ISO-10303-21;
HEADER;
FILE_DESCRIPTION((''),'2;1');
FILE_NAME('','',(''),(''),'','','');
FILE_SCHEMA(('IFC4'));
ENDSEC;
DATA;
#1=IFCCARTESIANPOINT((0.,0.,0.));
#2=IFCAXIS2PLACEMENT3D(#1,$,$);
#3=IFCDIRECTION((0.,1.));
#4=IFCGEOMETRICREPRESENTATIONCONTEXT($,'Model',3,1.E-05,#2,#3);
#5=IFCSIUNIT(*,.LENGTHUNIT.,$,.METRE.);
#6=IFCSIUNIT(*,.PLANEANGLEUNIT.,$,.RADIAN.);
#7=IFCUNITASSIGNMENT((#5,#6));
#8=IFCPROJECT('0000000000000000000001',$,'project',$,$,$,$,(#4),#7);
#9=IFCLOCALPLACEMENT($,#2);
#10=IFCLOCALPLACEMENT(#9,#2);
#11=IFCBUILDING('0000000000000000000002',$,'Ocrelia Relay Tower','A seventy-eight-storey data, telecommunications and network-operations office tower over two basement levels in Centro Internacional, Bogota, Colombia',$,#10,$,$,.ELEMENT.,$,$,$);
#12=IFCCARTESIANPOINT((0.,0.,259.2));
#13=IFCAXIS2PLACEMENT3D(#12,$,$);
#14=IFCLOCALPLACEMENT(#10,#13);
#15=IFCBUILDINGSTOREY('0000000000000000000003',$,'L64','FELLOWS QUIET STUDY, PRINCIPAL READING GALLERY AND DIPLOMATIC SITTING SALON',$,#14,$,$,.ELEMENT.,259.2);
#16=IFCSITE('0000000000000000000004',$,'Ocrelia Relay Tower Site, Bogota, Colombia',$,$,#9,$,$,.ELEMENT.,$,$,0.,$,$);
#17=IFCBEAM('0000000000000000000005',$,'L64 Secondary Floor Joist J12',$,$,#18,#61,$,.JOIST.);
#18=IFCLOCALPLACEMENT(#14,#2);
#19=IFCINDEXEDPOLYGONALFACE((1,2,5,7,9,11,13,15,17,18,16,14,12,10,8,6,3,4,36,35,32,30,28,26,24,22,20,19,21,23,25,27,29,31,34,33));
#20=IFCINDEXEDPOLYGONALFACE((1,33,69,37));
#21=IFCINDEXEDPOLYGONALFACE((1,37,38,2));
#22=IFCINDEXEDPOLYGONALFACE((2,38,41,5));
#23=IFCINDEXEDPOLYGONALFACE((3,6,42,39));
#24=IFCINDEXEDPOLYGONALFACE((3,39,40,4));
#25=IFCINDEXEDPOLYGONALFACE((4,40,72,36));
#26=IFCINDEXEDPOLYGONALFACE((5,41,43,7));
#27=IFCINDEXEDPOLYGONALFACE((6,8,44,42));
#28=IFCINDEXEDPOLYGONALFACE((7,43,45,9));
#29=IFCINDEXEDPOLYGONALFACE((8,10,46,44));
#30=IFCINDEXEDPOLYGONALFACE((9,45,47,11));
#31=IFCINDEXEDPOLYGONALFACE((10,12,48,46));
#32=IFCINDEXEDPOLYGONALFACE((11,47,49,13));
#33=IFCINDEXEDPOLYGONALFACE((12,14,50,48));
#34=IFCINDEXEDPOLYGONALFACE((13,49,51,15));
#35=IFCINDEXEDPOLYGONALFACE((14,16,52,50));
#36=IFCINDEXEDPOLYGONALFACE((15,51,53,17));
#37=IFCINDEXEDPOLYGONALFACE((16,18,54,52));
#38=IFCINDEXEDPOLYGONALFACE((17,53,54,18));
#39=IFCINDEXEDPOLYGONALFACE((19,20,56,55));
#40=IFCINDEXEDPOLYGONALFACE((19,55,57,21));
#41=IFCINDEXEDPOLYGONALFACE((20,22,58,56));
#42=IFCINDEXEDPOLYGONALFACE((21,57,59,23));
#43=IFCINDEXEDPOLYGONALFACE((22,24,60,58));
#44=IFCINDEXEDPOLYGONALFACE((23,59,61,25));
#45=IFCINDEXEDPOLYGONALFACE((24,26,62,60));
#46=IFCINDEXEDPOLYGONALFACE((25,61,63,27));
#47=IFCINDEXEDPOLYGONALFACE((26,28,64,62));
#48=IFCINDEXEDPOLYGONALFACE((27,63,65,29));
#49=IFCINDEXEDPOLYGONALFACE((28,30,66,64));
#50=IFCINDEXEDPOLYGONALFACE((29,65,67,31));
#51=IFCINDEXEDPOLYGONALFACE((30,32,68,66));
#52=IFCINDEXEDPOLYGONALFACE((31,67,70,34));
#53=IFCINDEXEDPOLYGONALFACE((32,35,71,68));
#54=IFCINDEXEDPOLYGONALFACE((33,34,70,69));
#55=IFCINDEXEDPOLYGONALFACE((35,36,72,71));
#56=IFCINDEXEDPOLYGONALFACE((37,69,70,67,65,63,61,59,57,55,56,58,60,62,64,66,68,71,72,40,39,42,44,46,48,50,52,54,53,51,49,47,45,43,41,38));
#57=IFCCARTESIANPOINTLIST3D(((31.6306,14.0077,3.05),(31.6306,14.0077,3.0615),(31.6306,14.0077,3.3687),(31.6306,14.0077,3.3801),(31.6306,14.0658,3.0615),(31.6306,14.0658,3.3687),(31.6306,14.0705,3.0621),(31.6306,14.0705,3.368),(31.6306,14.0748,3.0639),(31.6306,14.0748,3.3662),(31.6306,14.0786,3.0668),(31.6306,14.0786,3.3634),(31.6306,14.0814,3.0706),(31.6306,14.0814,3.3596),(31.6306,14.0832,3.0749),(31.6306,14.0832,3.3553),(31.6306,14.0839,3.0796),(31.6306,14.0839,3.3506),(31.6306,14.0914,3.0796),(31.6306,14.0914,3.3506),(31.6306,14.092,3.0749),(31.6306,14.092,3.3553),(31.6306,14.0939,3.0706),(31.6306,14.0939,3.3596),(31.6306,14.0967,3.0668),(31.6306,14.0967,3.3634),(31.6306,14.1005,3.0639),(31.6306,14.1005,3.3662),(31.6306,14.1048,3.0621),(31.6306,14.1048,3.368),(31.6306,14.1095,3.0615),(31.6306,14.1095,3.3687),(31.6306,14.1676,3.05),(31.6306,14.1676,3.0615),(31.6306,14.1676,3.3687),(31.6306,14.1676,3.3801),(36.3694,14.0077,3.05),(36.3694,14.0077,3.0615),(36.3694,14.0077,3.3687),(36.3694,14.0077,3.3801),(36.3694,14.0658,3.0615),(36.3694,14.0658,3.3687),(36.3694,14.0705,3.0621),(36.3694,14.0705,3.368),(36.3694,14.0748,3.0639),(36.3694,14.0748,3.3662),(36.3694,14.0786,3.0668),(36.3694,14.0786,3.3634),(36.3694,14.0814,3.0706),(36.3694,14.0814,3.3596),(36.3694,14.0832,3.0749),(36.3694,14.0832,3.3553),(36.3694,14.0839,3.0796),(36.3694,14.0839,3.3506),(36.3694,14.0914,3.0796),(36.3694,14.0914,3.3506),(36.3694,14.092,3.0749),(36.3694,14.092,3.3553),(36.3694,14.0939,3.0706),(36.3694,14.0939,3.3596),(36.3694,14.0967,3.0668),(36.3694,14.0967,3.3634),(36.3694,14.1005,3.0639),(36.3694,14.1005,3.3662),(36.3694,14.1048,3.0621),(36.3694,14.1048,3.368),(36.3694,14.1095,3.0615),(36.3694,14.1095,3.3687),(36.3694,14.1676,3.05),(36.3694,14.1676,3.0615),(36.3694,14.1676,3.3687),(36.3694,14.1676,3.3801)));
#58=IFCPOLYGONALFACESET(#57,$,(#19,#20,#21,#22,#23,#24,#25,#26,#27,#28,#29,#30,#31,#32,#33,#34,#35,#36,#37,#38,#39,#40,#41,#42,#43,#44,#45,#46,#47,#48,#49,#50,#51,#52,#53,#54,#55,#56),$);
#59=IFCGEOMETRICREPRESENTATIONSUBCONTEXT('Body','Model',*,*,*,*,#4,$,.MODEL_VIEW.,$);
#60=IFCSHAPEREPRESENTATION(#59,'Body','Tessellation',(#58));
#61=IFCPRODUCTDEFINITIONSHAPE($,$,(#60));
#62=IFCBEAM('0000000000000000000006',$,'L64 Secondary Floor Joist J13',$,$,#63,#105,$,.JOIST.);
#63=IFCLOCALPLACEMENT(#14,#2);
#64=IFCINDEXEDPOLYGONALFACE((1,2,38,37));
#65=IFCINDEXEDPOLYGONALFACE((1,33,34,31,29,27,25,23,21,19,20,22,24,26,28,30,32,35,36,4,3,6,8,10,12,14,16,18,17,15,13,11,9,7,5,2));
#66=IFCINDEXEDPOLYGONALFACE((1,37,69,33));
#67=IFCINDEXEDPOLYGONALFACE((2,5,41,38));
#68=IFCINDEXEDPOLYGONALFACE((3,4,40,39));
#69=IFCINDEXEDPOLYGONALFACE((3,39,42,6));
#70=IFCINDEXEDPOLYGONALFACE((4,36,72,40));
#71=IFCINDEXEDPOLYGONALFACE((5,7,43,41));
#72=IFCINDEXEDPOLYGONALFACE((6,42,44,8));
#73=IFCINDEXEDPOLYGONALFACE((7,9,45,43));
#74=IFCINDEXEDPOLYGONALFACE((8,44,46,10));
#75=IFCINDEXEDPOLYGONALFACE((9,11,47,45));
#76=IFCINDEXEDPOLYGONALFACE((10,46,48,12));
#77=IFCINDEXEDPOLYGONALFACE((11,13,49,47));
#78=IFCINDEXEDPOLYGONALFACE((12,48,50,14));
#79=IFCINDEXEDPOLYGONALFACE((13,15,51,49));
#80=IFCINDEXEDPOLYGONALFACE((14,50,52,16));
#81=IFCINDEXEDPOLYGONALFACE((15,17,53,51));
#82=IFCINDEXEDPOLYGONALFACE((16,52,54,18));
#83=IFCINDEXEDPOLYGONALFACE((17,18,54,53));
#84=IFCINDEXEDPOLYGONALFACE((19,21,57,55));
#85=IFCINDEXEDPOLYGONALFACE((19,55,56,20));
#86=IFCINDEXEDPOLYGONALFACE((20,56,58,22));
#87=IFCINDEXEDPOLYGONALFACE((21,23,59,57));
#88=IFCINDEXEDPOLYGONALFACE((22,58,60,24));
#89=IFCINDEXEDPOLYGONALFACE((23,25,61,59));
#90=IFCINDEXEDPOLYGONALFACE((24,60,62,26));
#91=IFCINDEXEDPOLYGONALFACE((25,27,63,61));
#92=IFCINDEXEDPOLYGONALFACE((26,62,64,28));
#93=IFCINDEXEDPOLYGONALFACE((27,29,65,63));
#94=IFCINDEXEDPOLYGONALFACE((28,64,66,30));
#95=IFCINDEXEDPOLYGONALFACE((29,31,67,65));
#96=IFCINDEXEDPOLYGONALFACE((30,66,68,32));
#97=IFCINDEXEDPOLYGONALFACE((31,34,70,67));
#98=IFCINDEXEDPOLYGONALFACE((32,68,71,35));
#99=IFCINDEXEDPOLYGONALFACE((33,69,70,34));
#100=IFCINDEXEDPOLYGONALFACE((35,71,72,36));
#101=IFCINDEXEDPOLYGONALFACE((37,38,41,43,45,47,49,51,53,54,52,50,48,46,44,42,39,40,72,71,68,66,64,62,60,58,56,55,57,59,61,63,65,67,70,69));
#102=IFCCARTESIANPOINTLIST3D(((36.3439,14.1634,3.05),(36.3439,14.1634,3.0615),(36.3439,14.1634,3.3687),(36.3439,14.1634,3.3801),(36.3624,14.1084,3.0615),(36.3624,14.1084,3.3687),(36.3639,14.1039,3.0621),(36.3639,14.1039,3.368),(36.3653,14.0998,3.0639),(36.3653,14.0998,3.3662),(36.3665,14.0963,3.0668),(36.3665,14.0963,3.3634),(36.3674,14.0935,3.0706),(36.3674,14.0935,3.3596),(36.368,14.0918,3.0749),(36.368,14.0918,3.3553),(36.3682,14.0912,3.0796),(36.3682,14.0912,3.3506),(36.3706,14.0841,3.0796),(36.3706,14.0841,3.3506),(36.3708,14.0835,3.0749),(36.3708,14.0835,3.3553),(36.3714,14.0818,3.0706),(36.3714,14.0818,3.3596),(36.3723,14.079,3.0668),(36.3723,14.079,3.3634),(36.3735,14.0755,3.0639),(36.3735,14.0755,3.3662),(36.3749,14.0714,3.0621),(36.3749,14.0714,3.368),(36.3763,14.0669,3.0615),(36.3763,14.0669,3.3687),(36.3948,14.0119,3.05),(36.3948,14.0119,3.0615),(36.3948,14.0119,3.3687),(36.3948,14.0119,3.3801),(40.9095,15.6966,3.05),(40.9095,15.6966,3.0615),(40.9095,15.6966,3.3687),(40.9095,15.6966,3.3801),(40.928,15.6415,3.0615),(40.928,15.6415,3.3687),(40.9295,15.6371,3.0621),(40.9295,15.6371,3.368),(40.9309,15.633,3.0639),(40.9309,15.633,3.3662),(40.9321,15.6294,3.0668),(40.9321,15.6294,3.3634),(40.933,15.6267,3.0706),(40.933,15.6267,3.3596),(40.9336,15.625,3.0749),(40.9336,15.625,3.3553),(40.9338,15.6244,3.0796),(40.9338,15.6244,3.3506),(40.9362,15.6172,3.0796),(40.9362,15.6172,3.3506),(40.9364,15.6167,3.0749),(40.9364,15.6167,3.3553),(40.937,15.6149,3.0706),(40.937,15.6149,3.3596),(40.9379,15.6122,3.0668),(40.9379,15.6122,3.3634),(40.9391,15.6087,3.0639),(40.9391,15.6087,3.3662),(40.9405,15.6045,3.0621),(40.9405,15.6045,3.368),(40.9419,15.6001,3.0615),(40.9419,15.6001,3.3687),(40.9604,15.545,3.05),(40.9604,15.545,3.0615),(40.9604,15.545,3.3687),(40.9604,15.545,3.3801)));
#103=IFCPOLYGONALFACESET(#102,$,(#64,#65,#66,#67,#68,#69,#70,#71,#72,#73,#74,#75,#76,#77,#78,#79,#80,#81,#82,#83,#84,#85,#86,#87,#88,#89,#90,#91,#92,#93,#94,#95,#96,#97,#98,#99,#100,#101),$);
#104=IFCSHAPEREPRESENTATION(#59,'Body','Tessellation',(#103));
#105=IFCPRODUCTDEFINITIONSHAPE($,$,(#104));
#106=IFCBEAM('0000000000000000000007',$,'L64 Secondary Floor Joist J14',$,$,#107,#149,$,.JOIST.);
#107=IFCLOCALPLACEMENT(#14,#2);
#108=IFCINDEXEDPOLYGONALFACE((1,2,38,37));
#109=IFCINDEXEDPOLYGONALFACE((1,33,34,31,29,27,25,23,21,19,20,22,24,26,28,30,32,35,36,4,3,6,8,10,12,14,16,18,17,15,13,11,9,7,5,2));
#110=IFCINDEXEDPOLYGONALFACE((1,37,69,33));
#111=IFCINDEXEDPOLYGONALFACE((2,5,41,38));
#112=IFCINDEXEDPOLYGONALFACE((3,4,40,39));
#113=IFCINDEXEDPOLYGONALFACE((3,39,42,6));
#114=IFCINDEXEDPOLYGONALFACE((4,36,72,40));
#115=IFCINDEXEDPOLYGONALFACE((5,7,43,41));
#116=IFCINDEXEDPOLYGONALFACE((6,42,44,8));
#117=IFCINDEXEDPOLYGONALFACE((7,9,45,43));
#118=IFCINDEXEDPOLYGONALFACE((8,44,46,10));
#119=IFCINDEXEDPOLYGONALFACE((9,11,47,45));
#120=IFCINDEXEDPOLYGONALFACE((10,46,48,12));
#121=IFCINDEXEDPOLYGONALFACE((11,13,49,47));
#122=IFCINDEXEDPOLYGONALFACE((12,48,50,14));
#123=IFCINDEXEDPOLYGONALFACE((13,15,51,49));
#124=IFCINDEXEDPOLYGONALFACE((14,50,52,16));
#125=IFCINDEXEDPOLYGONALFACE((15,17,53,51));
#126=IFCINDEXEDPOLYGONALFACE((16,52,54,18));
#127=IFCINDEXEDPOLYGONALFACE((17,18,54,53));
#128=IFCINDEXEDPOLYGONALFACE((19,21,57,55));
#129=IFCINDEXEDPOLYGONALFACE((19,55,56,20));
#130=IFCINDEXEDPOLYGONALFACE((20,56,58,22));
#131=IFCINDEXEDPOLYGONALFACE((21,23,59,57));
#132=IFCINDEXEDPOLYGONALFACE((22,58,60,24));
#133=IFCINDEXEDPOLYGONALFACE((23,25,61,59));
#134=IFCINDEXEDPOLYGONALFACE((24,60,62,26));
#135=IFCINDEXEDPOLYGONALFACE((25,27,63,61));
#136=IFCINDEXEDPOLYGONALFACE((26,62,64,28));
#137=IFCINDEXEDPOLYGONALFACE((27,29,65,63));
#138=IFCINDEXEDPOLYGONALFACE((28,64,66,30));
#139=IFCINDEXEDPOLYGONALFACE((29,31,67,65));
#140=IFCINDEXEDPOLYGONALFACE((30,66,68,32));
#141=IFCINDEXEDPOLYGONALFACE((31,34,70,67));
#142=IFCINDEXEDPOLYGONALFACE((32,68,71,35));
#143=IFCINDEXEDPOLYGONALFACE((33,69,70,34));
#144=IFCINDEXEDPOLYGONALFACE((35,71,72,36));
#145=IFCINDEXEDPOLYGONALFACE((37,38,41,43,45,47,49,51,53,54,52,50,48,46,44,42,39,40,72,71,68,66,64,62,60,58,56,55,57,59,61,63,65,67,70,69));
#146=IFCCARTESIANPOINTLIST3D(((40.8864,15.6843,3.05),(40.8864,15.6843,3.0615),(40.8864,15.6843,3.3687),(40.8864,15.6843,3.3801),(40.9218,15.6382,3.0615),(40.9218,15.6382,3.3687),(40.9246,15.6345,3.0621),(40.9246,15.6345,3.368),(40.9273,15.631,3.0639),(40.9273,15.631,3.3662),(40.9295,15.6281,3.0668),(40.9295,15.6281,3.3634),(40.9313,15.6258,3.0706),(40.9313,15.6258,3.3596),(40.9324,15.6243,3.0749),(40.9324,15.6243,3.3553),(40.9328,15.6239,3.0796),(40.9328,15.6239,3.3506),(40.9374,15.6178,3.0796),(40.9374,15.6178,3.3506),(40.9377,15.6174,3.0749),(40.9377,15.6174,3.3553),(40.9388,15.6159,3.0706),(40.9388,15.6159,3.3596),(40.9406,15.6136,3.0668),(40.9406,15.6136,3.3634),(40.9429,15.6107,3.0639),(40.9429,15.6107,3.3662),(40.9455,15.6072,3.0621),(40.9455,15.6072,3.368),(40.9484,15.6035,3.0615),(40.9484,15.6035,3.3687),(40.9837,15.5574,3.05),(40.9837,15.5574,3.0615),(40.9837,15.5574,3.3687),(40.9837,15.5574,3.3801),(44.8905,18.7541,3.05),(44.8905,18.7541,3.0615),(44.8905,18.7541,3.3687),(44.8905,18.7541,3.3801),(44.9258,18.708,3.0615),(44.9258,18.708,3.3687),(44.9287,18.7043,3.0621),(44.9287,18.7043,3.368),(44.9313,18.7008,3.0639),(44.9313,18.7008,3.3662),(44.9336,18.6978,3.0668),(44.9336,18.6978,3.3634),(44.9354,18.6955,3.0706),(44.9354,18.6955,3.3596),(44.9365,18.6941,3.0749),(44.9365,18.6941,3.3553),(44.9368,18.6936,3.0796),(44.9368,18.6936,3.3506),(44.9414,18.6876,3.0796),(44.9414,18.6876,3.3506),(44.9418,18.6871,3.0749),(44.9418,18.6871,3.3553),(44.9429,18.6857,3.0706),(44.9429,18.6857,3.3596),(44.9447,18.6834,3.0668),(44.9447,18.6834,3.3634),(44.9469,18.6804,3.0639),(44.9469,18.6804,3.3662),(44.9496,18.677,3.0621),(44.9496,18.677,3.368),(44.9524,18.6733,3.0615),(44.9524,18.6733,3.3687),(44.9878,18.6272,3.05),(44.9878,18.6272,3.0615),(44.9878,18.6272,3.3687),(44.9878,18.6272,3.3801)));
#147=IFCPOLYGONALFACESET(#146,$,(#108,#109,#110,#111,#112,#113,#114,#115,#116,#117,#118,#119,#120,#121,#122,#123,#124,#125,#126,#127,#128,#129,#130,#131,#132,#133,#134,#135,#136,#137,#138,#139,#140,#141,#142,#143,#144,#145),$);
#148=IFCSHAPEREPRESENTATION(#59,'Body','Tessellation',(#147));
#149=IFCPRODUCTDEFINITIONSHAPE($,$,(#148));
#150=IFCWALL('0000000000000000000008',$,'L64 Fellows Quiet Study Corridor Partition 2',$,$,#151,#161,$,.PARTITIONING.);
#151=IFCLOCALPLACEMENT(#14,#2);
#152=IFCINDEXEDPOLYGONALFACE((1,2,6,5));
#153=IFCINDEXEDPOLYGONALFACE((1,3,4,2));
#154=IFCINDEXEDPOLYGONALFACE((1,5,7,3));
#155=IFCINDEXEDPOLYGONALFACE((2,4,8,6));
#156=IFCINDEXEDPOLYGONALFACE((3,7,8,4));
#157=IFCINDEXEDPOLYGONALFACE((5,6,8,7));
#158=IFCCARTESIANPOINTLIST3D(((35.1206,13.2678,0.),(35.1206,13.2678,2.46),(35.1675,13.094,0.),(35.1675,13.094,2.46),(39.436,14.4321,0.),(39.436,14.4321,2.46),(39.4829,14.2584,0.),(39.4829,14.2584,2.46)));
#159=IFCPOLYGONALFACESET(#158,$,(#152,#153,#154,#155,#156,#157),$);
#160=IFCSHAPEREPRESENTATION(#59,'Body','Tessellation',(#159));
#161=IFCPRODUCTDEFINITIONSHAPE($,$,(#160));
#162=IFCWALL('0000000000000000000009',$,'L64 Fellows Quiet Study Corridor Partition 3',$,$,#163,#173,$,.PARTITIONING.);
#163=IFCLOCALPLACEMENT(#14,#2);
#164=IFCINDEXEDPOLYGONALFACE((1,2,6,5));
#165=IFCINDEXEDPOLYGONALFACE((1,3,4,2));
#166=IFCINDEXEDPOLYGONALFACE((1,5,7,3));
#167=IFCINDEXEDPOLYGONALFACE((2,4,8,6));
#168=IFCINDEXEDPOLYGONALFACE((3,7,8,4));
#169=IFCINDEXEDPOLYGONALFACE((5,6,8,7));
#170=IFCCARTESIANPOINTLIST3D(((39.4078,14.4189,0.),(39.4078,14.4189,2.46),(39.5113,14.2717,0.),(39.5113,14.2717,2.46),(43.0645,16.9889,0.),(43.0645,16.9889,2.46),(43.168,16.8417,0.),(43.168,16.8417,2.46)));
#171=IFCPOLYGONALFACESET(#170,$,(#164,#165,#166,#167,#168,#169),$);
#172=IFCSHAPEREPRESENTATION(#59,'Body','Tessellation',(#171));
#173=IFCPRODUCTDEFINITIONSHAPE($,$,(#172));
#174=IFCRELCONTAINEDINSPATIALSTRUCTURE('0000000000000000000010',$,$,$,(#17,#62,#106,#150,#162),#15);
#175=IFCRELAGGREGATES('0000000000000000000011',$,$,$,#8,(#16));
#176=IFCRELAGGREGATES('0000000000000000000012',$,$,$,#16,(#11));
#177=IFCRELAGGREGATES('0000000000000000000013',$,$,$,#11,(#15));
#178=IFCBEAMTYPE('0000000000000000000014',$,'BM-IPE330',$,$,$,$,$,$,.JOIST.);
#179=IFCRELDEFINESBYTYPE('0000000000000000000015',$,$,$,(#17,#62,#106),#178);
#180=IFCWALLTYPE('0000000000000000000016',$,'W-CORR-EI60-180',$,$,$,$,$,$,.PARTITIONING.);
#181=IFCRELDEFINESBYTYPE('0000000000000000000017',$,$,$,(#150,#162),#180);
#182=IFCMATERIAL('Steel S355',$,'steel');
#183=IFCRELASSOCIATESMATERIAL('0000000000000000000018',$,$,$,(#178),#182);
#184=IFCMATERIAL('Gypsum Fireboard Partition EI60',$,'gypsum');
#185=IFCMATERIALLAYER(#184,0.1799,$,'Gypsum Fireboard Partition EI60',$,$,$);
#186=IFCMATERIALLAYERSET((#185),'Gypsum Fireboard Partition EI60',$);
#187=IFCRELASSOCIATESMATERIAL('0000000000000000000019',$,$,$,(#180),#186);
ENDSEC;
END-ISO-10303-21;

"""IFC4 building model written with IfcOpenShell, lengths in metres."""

from ifc_helpers import new_model, si_unit, direction, frame, frame_2d, origin, origin_2d, place, context, subcontext, project, spatial, rectangle, i_section, extrude, material, layer, layer_set, material_profile, profile_set, type_object, element, save


model = new_model("IFC4")

# Units and contexts
model_context = context("Model", 3, precision=1e-05, world=origin(), true_north=direction((0.0, 1.0)))
body_context = subcontext(model_context, "Body", "Model", "MODEL_VIEW")
ifc_project = project(units=[si_unit("LENGTHUNIT", "METRE"), si_unit("PLANEANGLEUNIT", "RADIAN")], contexts=[model_context])

# Site, building, storey
site_placement = place(None, origin())
site = spatial("IfcSite", under=ifc_project, at=site_placement, Name="Ocrelia Relay Tower Site, Bogota, Colombia", CompositionType="ELEMENT", RefElevation=0.0)
building_placement = place(site_placement, origin())
building = spatial("IfcBuilding", under=site, at=building_placement, Name="Ocrelia Relay Tower", Description="A seventy-eight-storey data, telecommunications and network-operations office tower over two basement levels in Centro Internacional, Bogota, Colombia", CompositionType="ELEMENT")
storey_placement = place(building_placement, frame((0.0, 0.0, 259.2)))
storey = spatial("IfcBuildingStorey", under=building, at=storey_placement, Name="L64", Description="FELLOWS QUIET STUDY, PRINCIPAL READING GALLERY AND DIPLOMATIC SITTING SALON", CompositionType="ELEMENT", Elevation=259.2)

# Beams
ifc_material_1 = material(Name="Steel S355", Category="steel")
ifc_material_profile_1 = material_profile(ifc_material_1, i_section(OverallWidth=0.1599, OverallDepth=0.3301, WebThickness=0.0076, FlangeThickness=0.0115, FilletRadius=0.0181, at=origin_2d()), Name="IPE 330")
ifc_profile_set_1 = profile_set([ifc_material_profile_1], Name="Steel S355")
beam_type_1 = type_object("IfcBeamType", Name="BM-IPE330", PredefinedType="JOIST", material=ifc_profile_set_1)
beam_1_placement = place(storey_placement, frame((31.6306, 14.0876, 3.2151), z_axis=(1.0, 0.0, 0.0), x_axis=(0.0, 1.0, 0.0)))
element("IfcBeam", 1, at=beam_1_placement, inside=storey, type_object=beam_type_1, Name="L64 Secondary Floor Joist J12", PredefinedType="JOIST", context=body_context, shape_type="SweptSolid", body=[
    extrude(i_section(OverallWidth=0.1599, OverallDepth=0.3301, WebThickness=0.0076, FlangeThickness=0.0115, FilletRadius=0.0181, at=origin_2d()), origin(), (0.0, 0.0, 1.0), 4.7388),
])
beam_2_placement = place(storey_placement, frame((36.3694, 14.0876, 3.2151), z_axis=(0.947976, 0.318341, 0.0), x_axis=(-0.318341, 0.947976, 0.0)))
element("IfcBeam", 2, at=beam_2_placement, inside=storey, type_object=beam_type_1, Name="L64 Secondary Floor Joist J13", PredefinedType="JOIST", context=body_context, shape_type="SweptSolid", body=[
    extrude(i_section(OverallWidth=0.1599, OverallDepth=0.3301, WebThickness=0.0076, FlangeThickness=0.0115, FilletRadius=0.0181, at=origin_2d()), origin(), (0.0, 0.0, 1.0), 4.8162),
])
beam_3_placement = place(storey_placement, frame((40.9351, 15.6208, 3.2151), z_axis=(0.793609, 0.608428, 0.0), x_axis=(-0.608428, 0.793609, 0.0)))
element("IfcBeam", 3, at=beam_3_placement, inside=storey, type_object=beam_type_1, Name="L64 Secondary Floor Joist J14", PredefinedType="JOIST", context=body_context, shape_type="SweptSolid", body=[
    extrude(i_section(OverallWidth=0.1599, OverallDepth=0.3301, WebThickness=0.0076, FlangeThickness=0.0115, FilletRadius=0.0181, at=origin_2d()), origin(), (0.0, 0.0, 1.0), 5.0454),
])

# Walls
ifc_material_2 = material(Name="Gypsum Fireboard Partition EI60", Category="gypsum")
ifc_layer_1 = layer(ifc_material_2, 0.1799, Name="Gypsum Fireboard Partition EI60")
ifc_layer_set_1 = layer_set([ifc_layer_1], Name="Gypsum Fireboard Partition EI60")
wall_type_1 = type_object("IfcWallType", Name="W-CORR-EI60-180", PredefinedType="PARTITIONING", material=ifc_layer_set_1)
wall_1_placement = place(storey_placement, frame((35.144, 13.1809, 0.0), z_axis=(0.0, 0.0, 1.0), x_axis=(0.965477, 0.260487, 0.0)))
element("IfcWall", 4, at=wall_1_placement, inside=storey, type_object=wall_type_1, Name="L64 Fellows Quiet Study Corridor Partition 2", PredefinedType="PARTITIONING", context=body_context, shape_type="SweptSolid", body=[
    extrude(rectangle(XDim=4.4697, YDim=0.1799, at=frame_2d((2.2349, 0.0))), origin(), (0.0, 0.0, 1.0), 2.46),
])
wall_2_placement = place(storey_placement, frame((39.4595, 14.3452, 0.0), z_axis=(0.0, 0.0, 1.0), x_axis=(0.818142, 0.575016, 0.0)))
element("IfcWall", 5, at=wall_2_placement, inside=storey, type_object=wall_type_1, Name="L64 Fellows Quiet Study Corridor Partition 3", PredefinedType="PARTITIONING", context=body_context, shape_type="SweptSolid", body=[
    extrude(rectangle(XDim=4.4695, YDim=0.1799, at=frame_2d((2.2349, 0.0))), origin(), (0.0, 0.0, 1.0), 2.46),
])

save(model, "model.ifc")
